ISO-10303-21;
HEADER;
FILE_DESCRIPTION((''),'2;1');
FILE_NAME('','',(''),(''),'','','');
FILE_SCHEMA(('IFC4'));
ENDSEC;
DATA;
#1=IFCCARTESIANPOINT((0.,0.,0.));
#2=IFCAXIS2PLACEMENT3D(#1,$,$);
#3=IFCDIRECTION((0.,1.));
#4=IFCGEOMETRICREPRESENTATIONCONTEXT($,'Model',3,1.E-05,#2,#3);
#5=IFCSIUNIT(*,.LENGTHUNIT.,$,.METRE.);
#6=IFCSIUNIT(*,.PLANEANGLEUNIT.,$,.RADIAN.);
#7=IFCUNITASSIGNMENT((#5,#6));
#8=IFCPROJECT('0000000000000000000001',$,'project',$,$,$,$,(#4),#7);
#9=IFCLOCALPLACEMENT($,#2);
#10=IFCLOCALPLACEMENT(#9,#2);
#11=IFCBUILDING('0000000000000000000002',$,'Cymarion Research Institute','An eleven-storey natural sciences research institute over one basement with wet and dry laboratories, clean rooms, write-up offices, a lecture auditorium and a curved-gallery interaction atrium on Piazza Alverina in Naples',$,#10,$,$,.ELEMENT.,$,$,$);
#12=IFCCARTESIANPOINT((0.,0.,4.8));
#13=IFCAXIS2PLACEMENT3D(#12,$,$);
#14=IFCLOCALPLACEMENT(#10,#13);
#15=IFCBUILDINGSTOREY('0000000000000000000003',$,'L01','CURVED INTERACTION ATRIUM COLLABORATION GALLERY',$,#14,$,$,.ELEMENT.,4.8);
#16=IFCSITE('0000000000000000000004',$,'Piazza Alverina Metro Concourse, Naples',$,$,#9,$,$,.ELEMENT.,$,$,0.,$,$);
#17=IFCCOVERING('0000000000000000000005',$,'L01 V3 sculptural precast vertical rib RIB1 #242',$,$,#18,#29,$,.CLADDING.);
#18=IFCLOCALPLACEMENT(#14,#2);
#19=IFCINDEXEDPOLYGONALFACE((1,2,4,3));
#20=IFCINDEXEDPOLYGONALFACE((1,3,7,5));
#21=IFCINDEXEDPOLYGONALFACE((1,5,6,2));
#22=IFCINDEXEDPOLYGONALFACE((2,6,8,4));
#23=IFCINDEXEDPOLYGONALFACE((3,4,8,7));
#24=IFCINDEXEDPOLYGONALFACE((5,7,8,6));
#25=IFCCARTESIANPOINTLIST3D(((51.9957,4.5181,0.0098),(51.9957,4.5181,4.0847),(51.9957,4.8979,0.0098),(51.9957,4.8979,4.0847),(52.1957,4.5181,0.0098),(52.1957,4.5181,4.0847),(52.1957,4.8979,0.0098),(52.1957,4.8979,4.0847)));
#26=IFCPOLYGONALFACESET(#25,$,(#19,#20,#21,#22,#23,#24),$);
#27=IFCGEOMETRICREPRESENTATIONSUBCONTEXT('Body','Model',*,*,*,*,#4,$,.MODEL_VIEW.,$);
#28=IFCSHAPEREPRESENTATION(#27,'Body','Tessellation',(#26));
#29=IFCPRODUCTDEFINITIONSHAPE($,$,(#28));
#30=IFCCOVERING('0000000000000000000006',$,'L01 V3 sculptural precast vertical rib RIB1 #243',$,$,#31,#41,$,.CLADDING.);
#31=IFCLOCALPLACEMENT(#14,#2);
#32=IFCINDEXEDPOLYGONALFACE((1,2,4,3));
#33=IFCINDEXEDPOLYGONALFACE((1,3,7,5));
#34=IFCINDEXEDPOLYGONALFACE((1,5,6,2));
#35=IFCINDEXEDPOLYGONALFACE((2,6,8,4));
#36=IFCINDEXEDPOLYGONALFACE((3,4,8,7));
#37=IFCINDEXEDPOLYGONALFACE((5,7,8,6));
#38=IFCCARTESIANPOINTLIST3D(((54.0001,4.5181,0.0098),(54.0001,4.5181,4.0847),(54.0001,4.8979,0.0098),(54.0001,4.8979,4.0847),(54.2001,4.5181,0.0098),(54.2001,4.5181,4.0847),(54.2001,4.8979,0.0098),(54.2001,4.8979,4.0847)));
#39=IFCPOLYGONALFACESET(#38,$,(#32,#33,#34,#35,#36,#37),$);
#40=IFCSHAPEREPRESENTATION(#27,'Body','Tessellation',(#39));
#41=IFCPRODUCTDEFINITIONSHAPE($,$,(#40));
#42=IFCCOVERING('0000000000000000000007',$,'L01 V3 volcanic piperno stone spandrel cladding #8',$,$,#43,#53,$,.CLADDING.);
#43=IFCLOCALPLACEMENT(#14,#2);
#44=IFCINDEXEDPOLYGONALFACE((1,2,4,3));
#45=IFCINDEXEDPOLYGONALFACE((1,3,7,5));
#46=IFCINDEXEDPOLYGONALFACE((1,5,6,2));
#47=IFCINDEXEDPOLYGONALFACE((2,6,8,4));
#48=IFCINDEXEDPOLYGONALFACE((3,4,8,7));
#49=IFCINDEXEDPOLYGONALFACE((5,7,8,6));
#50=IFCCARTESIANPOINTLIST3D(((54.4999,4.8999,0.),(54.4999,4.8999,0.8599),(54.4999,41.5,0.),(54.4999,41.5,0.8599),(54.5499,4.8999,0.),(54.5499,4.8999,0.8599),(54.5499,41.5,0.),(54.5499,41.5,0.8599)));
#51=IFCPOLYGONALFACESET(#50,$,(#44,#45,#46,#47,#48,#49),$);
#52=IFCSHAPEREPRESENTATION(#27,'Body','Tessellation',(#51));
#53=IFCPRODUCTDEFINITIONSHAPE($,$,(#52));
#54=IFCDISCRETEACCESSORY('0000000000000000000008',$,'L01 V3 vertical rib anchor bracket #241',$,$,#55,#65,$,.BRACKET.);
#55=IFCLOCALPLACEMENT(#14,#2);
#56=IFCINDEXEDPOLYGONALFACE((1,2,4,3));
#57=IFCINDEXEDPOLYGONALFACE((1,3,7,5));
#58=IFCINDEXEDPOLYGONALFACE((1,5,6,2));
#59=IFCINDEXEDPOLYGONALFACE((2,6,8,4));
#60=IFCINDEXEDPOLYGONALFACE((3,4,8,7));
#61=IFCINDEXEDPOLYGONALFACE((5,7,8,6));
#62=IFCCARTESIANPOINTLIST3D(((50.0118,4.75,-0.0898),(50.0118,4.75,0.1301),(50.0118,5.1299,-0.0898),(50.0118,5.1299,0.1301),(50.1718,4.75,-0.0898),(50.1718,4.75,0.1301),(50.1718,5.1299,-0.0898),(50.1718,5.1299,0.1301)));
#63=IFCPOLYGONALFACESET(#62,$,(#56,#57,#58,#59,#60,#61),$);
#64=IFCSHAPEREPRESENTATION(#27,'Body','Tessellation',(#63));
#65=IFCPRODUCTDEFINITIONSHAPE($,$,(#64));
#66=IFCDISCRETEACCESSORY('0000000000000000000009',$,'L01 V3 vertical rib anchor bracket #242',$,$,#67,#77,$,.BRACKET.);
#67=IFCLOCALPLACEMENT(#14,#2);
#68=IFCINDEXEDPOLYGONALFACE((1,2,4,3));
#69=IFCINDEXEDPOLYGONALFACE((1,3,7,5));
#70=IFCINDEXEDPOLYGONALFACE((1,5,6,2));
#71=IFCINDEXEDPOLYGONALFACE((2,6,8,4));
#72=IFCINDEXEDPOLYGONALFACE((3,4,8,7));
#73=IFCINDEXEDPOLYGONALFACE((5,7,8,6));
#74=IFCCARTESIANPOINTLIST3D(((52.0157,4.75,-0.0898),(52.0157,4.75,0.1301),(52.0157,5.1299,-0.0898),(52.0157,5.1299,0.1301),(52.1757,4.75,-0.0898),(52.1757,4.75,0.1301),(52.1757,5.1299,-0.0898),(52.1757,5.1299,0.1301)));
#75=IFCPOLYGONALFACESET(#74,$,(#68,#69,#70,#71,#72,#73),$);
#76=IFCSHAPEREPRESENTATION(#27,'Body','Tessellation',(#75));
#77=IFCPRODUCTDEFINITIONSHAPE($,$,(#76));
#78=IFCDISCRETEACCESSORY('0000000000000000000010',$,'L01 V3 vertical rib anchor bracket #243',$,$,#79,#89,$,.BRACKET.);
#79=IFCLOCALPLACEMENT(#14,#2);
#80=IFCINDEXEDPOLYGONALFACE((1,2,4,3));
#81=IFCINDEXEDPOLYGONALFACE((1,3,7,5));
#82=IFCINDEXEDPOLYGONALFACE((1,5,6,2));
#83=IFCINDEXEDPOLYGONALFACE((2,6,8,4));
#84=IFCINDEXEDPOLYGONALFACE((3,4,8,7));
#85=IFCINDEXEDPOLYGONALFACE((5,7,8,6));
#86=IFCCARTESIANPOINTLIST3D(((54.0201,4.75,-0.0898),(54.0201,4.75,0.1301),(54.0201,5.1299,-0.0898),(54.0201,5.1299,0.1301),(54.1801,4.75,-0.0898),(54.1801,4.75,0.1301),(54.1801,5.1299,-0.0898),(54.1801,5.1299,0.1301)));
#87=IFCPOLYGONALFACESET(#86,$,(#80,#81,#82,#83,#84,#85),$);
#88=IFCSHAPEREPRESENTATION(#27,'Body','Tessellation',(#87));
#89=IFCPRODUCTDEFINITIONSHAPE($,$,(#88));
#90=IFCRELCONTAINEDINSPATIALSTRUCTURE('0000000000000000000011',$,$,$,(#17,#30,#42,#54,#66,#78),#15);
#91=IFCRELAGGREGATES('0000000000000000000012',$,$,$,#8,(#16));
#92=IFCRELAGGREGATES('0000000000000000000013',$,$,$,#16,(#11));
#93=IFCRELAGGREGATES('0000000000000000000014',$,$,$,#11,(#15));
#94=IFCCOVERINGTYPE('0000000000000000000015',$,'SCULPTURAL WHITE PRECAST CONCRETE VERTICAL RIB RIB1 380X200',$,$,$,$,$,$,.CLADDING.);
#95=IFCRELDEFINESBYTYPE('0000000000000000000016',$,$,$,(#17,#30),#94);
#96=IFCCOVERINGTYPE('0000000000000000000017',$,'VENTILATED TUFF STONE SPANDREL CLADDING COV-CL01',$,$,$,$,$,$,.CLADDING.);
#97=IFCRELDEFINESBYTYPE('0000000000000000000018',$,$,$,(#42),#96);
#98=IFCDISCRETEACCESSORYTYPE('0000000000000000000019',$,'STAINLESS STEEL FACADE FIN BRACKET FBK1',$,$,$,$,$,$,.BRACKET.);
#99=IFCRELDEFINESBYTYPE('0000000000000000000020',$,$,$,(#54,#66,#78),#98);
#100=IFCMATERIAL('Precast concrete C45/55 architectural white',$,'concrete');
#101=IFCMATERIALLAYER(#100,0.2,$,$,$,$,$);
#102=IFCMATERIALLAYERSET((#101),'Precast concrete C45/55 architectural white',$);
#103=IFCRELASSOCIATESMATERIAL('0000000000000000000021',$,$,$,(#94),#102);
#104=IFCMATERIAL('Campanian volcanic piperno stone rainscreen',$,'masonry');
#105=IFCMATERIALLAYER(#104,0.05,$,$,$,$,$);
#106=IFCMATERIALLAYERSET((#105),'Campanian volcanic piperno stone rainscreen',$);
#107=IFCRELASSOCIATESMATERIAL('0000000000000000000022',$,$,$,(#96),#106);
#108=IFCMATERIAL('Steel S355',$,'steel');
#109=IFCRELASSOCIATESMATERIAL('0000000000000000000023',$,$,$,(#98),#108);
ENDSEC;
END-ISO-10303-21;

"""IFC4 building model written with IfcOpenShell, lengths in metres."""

from ifc_helpers import new_model, si_unit, direction, frame, frame_2d, origin, origin_2d, place, context, subcontext, project, spatial, rectangle, extrude, material, layer, layer_set, type_object, element, save


model = new_model("IFC4")

# Units and contexts
model_context = context("Model", 3, precision=1e-05, world=origin(), true_north=direction((0.0, 1.0)))
body_context = subcontext(model_context, "Body", "Model", "MODEL_VIEW")
ifc_project = project(units=[si_unit("LENGTHUNIT", "METRE"), si_unit("PLANEANGLEUNIT", "RADIAN")], contexts=[model_context])

# Site, building, storey
site_placement = place(None, origin())
site = spatial("IfcSite", under=ifc_project, at=site_placement, Name="Piazza Alverina Metro Concourse, Naples", CompositionType="ELEMENT", RefElevation=0.0)
building_placement = place(site_placement, origin())
building = spatial("IfcBuilding", under=site, at=building_placement, Name="Cymarion Research Institute", Description="An eleven-storey natural sciences research institute over one basement with wet and dry laboratories, clean rooms, write-up offices, a lecture auditorium and a curved-gallery interaction atrium on Piazza Alverina in Naples", CompositionType="ELEMENT")
storey_placement = place(building_placement, frame((0.0, 0.0, 4.8)))
storey = spatial("IfcBuildingStorey", under=building, at=storey_placement, Name="L01", Description="CURVED INTERACTION ATRIUM COLLABORATION GALLERY", CompositionType="ELEMENT", Elevation=4.8)

# Shared definitions
ifc_material_1 = material(Name="Steel S355", Category="steel")

# Coverings
ifc_material_2 = material(Name="Precast concrete C45/55 architectural white", Category="concrete")
ifc_layer_1 = layer(ifc_material_2, 0.2)
ifc_layer_set_1 = layer_set([ifc_layer_1], Name="Precast concrete C45/55 architectural white")
covering_type_1 = type_object("IfcCoveringType", Name="SCULPTURAL WHITE PRECAST CONCRETE VERTICAL RIB RIB1 380X200", PredefinedType="CLADDING", material=ifc_layer_set_1)
for number, where, z_axis, x_axis, name in (
    (1, (52.0957, 4.708, 0.0098), (0.0, 0.0, 1.0), (0.0, -1.0, 0.0), "L01 V3 sculptural precast vertical rib RIB1 #242"),
    (2, (54.1001, 4.708, 0.0098), (0.0, 0.0, 1.0), (0.0, -1.0, 0.0), "L01 V3 sculptural precast vertical rib RIB1 #243"),
):
    element("IfcCovering", number, at=place(storey_placement, frame(where, z_axis=z_axis, x_axis=x_axis)), inside=storey, type_object=covering_type_1, Name=name, PredefinedType="CLADDING", context=body_context, shape_type="SweptSolid", body=[
        extrude(rectangle(XDim=0.3799, YDim=0.2, at=origin_2d()), origin(), (0.0, 0.0, 1.0), 4.075),
    ])
ifc_material_3 = material(Name="Campanian volcanic piperno stone rainscreen", Category="masonry")
ifc_layer_2 = layer(ifc_material_3, 0.05)
ifc_layer_set_2 = layer_set([ifc_layer_2], Name="Campanian volcanic piperno stone rainscreen")
covering_type_2 = type_object("IfcCoveringType", Name="VENTILATED TUFF STONE SPANDREL CLADDING COV-CL01", PredefinedType="CLADDING", material=ifc_layer_set_2)
covering_placement = place(storey_placement, frame((54.5249, 4.8999, 0.0), z_axis=(0.0, 0.0, 1.0), x_axis=(0.0, 1.0, 0.0)))
element("IfcCovering", 3, at=covering_placement, inside=storey, type_object=covering_type_2, Name="L01 V3 volcanic piperno stone spandrel cladding #8", PredefinedType="CLADDING", context=body_context, shape_type="SweptSolid", body=[
    extrude(rectangle(XDim=36.6001, YDim=0.05, at=frame_2d((18.3, 0.0))), origin(), (0.0, 0.0, 1.0), 0.8599),
])

# Discrete accessories
discrete_accessory_type = type_object("IfcDiscreteAccessoryType", Name="STAINLESS STEEL FACADE FIN BRACKET FBK1", PredefinedType="BRACKET", material=ifc_material_1)
for number, where, z_axis, x_axis, name in (
    (4, (50.0918, 4.9399, -0.0898), (0.0, 0.0, 1.0), (0.0, -1.0, 0.0), "L01 V3 vertical rib anchor bracket #241"),
    (5, (52.0957, 4.9399, -0.0898), (0.0, 0.0, 1.0), (0.0, -1.0, 0.0), "L01 V3 vertical rib anchor bracket #242"),
    (6, (54.1001, 4.9399, -0.0898), (0.0, 0.0, 1.0), (0.0, -1.0, 0.0), "L01 V3 vertical rib anchor bracket #243"),
):
    element("IfcDiscreteAccessory", number, at=place(storey_placement, frame(where, z_axis=z_axis, x_axis=x_axis)), inside=storey, type_object=discrete_accessory_type, Name=name, PredefinedType="BRACKET", context=body_context, shape_type="SweptSolid", body=[
        extrude(rectangle(XDim=0.3799, YDim=0.1599, at=origin_2d()), origin(), (0.0, 0.0, 1.0), 0.22),
    ])

save(model, "model.ifc")
